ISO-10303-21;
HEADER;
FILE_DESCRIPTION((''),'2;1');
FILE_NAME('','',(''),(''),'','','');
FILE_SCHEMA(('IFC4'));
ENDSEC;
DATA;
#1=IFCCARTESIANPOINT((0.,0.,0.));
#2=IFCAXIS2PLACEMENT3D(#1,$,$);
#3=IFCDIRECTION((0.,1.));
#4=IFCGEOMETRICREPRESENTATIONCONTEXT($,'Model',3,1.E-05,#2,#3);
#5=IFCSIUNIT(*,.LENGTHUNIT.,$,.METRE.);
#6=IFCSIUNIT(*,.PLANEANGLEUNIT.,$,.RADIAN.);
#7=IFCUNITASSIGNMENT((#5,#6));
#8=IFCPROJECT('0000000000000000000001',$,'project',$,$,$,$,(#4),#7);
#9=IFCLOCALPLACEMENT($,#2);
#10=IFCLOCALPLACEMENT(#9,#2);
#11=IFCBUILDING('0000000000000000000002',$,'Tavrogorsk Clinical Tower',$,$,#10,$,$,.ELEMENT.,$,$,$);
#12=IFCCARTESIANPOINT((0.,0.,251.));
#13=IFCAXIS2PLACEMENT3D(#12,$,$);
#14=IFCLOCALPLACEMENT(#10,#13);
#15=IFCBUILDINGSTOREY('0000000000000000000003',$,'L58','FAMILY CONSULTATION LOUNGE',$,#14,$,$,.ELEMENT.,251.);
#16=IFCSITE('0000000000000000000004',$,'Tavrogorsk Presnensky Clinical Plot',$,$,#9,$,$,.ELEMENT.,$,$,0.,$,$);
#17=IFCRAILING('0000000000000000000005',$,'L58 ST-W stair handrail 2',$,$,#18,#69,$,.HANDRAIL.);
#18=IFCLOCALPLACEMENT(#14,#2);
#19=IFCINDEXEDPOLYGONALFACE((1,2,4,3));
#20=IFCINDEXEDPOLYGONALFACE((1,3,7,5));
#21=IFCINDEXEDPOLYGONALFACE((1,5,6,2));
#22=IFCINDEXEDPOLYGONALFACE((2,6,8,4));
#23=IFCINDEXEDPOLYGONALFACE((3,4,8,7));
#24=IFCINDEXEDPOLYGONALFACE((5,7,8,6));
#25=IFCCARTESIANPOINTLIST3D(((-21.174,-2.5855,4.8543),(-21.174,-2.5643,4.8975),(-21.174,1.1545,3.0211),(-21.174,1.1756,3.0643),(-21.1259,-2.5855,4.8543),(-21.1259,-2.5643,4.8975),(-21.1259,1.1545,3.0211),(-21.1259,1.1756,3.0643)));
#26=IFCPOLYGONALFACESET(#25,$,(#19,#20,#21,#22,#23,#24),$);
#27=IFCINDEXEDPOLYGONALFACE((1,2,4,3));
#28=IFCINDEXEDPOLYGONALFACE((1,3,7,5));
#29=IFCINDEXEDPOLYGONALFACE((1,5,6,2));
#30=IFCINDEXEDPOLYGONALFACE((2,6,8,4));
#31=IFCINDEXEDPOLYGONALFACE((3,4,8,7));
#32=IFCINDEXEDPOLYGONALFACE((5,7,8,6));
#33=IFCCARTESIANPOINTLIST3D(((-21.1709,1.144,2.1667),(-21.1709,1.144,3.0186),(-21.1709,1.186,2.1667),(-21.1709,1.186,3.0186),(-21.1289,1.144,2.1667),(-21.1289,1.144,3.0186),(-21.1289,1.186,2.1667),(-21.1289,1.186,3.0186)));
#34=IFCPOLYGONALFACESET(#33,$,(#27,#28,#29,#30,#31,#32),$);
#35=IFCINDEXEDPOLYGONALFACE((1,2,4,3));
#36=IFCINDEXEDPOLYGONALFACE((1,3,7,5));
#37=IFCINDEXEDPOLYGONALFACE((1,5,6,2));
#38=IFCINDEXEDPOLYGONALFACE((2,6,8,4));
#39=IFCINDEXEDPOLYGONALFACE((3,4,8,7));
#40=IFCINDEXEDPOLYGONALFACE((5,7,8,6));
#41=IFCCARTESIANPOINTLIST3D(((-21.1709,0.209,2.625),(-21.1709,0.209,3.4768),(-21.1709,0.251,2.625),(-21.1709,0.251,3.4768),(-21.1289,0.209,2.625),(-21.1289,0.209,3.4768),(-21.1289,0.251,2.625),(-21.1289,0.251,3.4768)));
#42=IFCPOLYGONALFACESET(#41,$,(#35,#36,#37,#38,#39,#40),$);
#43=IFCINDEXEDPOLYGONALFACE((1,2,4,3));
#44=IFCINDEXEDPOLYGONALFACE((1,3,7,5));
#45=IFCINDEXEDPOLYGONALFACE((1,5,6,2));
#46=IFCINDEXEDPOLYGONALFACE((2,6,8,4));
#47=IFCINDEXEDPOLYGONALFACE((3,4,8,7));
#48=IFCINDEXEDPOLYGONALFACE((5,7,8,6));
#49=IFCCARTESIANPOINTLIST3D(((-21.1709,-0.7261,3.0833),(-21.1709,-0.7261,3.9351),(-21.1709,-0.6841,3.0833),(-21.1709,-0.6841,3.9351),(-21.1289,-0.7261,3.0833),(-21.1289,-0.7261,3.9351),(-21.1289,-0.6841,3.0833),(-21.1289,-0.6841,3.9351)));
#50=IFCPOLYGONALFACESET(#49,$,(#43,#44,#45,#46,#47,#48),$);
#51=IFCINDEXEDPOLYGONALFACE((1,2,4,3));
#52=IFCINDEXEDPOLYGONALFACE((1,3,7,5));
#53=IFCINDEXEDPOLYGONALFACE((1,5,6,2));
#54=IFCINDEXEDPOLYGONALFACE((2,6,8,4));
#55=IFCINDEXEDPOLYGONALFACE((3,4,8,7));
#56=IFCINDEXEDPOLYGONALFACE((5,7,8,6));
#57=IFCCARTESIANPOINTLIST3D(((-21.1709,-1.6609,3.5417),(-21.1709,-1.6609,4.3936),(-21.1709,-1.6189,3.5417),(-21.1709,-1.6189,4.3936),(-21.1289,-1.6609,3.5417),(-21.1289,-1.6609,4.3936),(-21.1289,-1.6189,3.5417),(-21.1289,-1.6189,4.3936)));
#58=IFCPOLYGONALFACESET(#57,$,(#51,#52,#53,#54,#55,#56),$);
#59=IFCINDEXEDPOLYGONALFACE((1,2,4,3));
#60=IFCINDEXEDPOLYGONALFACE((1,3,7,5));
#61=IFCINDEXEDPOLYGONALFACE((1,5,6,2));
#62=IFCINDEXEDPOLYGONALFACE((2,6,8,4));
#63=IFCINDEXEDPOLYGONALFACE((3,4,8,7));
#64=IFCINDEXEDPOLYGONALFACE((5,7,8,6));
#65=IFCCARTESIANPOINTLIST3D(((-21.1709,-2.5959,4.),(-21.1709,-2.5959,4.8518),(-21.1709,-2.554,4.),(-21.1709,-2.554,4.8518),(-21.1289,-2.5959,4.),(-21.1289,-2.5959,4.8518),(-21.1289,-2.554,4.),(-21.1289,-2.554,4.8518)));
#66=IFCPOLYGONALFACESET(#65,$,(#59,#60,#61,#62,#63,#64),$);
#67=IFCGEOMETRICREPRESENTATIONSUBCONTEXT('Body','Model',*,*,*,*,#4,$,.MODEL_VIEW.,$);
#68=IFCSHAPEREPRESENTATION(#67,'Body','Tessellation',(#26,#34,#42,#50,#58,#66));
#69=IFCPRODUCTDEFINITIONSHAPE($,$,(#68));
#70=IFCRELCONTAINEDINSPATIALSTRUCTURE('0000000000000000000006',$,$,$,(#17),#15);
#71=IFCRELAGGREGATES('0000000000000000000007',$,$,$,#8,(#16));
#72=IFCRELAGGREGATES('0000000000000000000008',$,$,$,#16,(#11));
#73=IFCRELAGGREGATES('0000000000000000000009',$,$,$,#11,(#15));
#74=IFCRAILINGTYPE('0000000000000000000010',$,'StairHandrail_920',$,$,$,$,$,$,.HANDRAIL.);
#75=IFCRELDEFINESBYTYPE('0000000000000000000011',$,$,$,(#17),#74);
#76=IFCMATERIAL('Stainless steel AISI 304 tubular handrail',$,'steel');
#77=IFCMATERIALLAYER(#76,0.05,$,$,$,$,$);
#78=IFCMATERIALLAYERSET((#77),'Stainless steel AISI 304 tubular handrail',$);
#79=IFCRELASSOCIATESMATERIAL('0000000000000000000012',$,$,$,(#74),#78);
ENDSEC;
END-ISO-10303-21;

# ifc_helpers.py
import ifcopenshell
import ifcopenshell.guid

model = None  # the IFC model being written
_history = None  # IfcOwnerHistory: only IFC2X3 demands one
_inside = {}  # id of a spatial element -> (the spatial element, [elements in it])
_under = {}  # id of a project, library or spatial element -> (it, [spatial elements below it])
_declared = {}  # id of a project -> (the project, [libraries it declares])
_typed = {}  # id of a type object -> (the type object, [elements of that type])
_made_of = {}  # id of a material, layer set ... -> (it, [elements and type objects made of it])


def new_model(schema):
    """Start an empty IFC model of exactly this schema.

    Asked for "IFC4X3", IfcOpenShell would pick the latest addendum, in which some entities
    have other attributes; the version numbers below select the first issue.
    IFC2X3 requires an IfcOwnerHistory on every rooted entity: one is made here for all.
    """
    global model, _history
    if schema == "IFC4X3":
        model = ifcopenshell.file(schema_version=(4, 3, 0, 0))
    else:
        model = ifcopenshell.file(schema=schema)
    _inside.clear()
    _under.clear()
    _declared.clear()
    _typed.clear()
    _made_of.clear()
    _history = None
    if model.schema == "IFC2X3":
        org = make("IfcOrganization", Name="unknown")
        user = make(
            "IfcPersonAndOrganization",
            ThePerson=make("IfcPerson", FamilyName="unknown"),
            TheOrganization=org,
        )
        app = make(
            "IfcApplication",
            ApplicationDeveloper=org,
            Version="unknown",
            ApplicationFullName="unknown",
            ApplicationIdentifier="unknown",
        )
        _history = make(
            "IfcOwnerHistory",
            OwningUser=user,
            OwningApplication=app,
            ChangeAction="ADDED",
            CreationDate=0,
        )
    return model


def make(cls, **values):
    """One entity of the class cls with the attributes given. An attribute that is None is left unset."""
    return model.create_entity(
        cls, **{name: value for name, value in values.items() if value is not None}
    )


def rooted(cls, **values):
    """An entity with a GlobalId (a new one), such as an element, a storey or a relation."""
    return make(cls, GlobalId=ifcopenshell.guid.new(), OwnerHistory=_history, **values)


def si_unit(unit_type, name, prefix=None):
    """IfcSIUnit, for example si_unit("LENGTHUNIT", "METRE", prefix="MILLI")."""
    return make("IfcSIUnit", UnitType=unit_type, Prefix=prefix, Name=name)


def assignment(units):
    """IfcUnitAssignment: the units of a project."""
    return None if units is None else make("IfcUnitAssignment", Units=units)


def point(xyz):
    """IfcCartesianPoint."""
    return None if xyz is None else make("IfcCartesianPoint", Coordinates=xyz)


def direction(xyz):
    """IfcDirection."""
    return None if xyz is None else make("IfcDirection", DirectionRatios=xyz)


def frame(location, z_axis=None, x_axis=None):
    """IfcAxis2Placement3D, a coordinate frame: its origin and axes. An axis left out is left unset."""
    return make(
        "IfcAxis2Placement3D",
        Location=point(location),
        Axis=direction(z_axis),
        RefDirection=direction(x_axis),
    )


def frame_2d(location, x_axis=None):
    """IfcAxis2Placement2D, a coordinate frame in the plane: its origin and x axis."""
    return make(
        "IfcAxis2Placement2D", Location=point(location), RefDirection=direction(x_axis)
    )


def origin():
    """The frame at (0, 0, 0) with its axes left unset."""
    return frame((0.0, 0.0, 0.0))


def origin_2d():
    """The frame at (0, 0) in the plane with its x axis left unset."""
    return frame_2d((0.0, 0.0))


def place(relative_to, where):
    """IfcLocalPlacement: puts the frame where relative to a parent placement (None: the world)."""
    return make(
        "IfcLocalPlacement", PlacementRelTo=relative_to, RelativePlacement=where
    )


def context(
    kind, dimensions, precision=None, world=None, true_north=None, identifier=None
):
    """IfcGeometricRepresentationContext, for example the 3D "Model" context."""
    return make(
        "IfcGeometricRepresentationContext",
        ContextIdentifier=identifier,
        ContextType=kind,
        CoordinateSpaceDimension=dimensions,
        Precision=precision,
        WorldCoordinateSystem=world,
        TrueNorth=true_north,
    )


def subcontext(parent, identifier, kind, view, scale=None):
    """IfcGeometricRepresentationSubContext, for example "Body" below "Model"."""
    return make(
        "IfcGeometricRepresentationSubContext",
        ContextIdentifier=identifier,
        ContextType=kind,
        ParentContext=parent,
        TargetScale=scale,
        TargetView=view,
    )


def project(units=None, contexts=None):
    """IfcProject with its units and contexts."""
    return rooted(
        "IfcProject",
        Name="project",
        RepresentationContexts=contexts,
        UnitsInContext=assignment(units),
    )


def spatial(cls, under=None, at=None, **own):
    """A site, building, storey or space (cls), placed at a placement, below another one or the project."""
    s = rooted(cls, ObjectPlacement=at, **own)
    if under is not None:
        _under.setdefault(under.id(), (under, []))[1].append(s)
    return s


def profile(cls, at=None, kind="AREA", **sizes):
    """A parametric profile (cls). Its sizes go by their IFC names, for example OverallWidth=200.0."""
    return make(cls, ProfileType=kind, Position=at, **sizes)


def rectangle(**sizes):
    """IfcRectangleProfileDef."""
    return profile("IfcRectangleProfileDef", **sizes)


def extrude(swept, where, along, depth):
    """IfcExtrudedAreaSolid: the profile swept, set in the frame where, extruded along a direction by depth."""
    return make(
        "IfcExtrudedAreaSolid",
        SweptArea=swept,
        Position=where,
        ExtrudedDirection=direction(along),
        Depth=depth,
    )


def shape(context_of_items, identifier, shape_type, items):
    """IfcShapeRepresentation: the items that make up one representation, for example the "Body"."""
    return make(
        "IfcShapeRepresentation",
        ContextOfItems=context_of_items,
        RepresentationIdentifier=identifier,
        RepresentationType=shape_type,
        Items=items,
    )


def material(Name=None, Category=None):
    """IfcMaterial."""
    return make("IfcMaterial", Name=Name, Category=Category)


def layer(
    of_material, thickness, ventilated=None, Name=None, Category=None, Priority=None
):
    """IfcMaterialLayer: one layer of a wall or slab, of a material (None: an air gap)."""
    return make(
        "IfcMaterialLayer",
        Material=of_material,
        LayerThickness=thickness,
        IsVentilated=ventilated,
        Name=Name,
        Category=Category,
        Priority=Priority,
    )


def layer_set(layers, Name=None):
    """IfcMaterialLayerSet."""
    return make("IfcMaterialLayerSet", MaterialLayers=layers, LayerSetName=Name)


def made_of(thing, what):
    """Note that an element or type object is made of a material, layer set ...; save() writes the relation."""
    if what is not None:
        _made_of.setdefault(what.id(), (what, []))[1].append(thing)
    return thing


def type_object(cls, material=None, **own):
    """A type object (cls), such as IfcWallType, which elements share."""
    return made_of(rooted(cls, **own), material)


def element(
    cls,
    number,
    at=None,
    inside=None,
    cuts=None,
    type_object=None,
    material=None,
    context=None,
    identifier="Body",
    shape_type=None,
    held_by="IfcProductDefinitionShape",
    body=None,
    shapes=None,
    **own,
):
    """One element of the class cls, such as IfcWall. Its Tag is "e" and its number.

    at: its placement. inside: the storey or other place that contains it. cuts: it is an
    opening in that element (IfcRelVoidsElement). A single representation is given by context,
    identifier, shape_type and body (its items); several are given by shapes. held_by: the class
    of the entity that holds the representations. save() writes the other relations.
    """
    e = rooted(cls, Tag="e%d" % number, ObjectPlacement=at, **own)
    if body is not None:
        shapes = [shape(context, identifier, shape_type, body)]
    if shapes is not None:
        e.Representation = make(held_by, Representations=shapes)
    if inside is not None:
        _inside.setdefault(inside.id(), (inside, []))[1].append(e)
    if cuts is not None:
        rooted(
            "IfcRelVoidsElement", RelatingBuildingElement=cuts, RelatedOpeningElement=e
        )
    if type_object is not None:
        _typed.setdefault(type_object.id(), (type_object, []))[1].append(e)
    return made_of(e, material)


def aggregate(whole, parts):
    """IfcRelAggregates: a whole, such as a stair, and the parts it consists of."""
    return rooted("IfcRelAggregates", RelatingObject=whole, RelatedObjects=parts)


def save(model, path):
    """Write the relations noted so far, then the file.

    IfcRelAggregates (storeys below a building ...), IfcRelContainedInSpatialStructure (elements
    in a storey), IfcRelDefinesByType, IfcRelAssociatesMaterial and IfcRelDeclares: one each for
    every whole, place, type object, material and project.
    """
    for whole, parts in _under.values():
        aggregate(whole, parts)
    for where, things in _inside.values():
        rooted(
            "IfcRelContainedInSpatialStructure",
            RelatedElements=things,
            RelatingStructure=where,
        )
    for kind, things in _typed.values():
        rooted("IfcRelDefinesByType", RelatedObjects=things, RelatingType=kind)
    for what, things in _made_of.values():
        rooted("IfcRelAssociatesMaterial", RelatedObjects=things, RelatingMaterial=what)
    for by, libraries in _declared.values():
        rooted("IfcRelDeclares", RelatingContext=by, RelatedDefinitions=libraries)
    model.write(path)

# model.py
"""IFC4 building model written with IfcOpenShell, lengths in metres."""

from ifc_helpers import new_model, si_unit, direction, frame, origin, origin_2d, place, context, subcontext, project, spatial, rectangle, extrude, material, layer, layer_set, type_object, element, save


model = new_model("IFC4")

# Units and contexts
model_context = context("Model", 3, precision=1e-05, world=origin(), true_north=direction((0.0, 1.0)))
body_context = subcontext(model_context, "Body", "Model", "MODEL_VIEW")
ifc_project = project(units=[si_unit("LENGTHUNIT", "METRE"), si_unit("PLANEANGLEUNIT", "RADIAN")], contexts=[model_context])

# Site, building, storey
site_placement = place(None, origin())
site = spatial("IfcSite", under=ifc_project, at=site_placement, Name="Tavrogorsk Presnensky Clinical Plot", CompositionType="ELEMENT", RefElevation=0.0)
building_placement = place(site_placement, origin())
building = spatial("IfcBuilding", under=site, at=building_placement, Name="Tavrogorsk Clinical Tower", CompositionType="ELEMENT")
storey_placement = place(building_placement, frame((0.0, 0.0, 251.0)))
storey = spatial("IfcBuildingStorey", under=building, at=storey_placement, Name="L58", Description="FAMILY CONSULTATION LOUNGE", CompositionType="ELEMENT", Elevation=251.0)

# Railing
ifc_material_1 = material(Name="Stainless steel AISI 304 tubular handrail", Category="steel")
ifc_layer_1 = layer(ifc_material_1, 0.05)
ifc_layer_set_1 = layer_set([ifc_layer_1], Name="Stainless steel AISI 304 tubular handrail")
railing_type_1 = type_object("IfcRailingType", Name="StairHandrail_920", PredefinedType="HANDRAIL", material=ifc_layer_set_1)
railing_1_placement = place(storey_placement, frame((-21.1499, 1.165, 2.1667)))
element("IfcRailing", 1, at=railing_1_placement, inside=storey, type_object=railing_type_1, Name="L58 ST-W stair handrail 2", PredefinedType="HANDRAIL", context=body_context, shape_type="SweptSolid", body=[
    extrude(rectangle(XDim=0.0481, YDim=0.0481, at=origin_2d()), frame((0.0, 0.0, 0.876), z_axis=(0.0, -0.897928, 0.440142), x_axis=(1.0, 0.0, 0.0)), (0.0, 0.0, 1.0), 4.165),
    extrude(rectangle(XDim=0.042, YDim=0.042, at=origin_2d()), origin(), (0.0, 0.0, 1.0), 0.8518),
    extrude(rectangle(XDim=0.042, YDim=0.042, at=origin_2d()), frame((0.0, -0.9351, 0.4583)), (0.0, 0.0, 1.0), 0.8518),
    extrude(rectangle(XDim=0.042, YDim=0.042, at=origin_2d()), frame((0.0, -1.8701, 0.9165)), (0.0, 0.0, 1.0), 0.8518),
    extrude(rectangle(XDim=0.042, YDim=0.042, at=origin_2d()), frame((0.0, -2.8049, 1.375)), (0.0, 0.0, 1.0), 0.8518),
    extrude(rectangle(XDim=0.042, YDim=0.042, at=origin_2d()), frame((0.0, -3.74, 1.8333)), (0.0, 0.0, 1.0), 0.8518),
])

save(model, "model.ifc")
